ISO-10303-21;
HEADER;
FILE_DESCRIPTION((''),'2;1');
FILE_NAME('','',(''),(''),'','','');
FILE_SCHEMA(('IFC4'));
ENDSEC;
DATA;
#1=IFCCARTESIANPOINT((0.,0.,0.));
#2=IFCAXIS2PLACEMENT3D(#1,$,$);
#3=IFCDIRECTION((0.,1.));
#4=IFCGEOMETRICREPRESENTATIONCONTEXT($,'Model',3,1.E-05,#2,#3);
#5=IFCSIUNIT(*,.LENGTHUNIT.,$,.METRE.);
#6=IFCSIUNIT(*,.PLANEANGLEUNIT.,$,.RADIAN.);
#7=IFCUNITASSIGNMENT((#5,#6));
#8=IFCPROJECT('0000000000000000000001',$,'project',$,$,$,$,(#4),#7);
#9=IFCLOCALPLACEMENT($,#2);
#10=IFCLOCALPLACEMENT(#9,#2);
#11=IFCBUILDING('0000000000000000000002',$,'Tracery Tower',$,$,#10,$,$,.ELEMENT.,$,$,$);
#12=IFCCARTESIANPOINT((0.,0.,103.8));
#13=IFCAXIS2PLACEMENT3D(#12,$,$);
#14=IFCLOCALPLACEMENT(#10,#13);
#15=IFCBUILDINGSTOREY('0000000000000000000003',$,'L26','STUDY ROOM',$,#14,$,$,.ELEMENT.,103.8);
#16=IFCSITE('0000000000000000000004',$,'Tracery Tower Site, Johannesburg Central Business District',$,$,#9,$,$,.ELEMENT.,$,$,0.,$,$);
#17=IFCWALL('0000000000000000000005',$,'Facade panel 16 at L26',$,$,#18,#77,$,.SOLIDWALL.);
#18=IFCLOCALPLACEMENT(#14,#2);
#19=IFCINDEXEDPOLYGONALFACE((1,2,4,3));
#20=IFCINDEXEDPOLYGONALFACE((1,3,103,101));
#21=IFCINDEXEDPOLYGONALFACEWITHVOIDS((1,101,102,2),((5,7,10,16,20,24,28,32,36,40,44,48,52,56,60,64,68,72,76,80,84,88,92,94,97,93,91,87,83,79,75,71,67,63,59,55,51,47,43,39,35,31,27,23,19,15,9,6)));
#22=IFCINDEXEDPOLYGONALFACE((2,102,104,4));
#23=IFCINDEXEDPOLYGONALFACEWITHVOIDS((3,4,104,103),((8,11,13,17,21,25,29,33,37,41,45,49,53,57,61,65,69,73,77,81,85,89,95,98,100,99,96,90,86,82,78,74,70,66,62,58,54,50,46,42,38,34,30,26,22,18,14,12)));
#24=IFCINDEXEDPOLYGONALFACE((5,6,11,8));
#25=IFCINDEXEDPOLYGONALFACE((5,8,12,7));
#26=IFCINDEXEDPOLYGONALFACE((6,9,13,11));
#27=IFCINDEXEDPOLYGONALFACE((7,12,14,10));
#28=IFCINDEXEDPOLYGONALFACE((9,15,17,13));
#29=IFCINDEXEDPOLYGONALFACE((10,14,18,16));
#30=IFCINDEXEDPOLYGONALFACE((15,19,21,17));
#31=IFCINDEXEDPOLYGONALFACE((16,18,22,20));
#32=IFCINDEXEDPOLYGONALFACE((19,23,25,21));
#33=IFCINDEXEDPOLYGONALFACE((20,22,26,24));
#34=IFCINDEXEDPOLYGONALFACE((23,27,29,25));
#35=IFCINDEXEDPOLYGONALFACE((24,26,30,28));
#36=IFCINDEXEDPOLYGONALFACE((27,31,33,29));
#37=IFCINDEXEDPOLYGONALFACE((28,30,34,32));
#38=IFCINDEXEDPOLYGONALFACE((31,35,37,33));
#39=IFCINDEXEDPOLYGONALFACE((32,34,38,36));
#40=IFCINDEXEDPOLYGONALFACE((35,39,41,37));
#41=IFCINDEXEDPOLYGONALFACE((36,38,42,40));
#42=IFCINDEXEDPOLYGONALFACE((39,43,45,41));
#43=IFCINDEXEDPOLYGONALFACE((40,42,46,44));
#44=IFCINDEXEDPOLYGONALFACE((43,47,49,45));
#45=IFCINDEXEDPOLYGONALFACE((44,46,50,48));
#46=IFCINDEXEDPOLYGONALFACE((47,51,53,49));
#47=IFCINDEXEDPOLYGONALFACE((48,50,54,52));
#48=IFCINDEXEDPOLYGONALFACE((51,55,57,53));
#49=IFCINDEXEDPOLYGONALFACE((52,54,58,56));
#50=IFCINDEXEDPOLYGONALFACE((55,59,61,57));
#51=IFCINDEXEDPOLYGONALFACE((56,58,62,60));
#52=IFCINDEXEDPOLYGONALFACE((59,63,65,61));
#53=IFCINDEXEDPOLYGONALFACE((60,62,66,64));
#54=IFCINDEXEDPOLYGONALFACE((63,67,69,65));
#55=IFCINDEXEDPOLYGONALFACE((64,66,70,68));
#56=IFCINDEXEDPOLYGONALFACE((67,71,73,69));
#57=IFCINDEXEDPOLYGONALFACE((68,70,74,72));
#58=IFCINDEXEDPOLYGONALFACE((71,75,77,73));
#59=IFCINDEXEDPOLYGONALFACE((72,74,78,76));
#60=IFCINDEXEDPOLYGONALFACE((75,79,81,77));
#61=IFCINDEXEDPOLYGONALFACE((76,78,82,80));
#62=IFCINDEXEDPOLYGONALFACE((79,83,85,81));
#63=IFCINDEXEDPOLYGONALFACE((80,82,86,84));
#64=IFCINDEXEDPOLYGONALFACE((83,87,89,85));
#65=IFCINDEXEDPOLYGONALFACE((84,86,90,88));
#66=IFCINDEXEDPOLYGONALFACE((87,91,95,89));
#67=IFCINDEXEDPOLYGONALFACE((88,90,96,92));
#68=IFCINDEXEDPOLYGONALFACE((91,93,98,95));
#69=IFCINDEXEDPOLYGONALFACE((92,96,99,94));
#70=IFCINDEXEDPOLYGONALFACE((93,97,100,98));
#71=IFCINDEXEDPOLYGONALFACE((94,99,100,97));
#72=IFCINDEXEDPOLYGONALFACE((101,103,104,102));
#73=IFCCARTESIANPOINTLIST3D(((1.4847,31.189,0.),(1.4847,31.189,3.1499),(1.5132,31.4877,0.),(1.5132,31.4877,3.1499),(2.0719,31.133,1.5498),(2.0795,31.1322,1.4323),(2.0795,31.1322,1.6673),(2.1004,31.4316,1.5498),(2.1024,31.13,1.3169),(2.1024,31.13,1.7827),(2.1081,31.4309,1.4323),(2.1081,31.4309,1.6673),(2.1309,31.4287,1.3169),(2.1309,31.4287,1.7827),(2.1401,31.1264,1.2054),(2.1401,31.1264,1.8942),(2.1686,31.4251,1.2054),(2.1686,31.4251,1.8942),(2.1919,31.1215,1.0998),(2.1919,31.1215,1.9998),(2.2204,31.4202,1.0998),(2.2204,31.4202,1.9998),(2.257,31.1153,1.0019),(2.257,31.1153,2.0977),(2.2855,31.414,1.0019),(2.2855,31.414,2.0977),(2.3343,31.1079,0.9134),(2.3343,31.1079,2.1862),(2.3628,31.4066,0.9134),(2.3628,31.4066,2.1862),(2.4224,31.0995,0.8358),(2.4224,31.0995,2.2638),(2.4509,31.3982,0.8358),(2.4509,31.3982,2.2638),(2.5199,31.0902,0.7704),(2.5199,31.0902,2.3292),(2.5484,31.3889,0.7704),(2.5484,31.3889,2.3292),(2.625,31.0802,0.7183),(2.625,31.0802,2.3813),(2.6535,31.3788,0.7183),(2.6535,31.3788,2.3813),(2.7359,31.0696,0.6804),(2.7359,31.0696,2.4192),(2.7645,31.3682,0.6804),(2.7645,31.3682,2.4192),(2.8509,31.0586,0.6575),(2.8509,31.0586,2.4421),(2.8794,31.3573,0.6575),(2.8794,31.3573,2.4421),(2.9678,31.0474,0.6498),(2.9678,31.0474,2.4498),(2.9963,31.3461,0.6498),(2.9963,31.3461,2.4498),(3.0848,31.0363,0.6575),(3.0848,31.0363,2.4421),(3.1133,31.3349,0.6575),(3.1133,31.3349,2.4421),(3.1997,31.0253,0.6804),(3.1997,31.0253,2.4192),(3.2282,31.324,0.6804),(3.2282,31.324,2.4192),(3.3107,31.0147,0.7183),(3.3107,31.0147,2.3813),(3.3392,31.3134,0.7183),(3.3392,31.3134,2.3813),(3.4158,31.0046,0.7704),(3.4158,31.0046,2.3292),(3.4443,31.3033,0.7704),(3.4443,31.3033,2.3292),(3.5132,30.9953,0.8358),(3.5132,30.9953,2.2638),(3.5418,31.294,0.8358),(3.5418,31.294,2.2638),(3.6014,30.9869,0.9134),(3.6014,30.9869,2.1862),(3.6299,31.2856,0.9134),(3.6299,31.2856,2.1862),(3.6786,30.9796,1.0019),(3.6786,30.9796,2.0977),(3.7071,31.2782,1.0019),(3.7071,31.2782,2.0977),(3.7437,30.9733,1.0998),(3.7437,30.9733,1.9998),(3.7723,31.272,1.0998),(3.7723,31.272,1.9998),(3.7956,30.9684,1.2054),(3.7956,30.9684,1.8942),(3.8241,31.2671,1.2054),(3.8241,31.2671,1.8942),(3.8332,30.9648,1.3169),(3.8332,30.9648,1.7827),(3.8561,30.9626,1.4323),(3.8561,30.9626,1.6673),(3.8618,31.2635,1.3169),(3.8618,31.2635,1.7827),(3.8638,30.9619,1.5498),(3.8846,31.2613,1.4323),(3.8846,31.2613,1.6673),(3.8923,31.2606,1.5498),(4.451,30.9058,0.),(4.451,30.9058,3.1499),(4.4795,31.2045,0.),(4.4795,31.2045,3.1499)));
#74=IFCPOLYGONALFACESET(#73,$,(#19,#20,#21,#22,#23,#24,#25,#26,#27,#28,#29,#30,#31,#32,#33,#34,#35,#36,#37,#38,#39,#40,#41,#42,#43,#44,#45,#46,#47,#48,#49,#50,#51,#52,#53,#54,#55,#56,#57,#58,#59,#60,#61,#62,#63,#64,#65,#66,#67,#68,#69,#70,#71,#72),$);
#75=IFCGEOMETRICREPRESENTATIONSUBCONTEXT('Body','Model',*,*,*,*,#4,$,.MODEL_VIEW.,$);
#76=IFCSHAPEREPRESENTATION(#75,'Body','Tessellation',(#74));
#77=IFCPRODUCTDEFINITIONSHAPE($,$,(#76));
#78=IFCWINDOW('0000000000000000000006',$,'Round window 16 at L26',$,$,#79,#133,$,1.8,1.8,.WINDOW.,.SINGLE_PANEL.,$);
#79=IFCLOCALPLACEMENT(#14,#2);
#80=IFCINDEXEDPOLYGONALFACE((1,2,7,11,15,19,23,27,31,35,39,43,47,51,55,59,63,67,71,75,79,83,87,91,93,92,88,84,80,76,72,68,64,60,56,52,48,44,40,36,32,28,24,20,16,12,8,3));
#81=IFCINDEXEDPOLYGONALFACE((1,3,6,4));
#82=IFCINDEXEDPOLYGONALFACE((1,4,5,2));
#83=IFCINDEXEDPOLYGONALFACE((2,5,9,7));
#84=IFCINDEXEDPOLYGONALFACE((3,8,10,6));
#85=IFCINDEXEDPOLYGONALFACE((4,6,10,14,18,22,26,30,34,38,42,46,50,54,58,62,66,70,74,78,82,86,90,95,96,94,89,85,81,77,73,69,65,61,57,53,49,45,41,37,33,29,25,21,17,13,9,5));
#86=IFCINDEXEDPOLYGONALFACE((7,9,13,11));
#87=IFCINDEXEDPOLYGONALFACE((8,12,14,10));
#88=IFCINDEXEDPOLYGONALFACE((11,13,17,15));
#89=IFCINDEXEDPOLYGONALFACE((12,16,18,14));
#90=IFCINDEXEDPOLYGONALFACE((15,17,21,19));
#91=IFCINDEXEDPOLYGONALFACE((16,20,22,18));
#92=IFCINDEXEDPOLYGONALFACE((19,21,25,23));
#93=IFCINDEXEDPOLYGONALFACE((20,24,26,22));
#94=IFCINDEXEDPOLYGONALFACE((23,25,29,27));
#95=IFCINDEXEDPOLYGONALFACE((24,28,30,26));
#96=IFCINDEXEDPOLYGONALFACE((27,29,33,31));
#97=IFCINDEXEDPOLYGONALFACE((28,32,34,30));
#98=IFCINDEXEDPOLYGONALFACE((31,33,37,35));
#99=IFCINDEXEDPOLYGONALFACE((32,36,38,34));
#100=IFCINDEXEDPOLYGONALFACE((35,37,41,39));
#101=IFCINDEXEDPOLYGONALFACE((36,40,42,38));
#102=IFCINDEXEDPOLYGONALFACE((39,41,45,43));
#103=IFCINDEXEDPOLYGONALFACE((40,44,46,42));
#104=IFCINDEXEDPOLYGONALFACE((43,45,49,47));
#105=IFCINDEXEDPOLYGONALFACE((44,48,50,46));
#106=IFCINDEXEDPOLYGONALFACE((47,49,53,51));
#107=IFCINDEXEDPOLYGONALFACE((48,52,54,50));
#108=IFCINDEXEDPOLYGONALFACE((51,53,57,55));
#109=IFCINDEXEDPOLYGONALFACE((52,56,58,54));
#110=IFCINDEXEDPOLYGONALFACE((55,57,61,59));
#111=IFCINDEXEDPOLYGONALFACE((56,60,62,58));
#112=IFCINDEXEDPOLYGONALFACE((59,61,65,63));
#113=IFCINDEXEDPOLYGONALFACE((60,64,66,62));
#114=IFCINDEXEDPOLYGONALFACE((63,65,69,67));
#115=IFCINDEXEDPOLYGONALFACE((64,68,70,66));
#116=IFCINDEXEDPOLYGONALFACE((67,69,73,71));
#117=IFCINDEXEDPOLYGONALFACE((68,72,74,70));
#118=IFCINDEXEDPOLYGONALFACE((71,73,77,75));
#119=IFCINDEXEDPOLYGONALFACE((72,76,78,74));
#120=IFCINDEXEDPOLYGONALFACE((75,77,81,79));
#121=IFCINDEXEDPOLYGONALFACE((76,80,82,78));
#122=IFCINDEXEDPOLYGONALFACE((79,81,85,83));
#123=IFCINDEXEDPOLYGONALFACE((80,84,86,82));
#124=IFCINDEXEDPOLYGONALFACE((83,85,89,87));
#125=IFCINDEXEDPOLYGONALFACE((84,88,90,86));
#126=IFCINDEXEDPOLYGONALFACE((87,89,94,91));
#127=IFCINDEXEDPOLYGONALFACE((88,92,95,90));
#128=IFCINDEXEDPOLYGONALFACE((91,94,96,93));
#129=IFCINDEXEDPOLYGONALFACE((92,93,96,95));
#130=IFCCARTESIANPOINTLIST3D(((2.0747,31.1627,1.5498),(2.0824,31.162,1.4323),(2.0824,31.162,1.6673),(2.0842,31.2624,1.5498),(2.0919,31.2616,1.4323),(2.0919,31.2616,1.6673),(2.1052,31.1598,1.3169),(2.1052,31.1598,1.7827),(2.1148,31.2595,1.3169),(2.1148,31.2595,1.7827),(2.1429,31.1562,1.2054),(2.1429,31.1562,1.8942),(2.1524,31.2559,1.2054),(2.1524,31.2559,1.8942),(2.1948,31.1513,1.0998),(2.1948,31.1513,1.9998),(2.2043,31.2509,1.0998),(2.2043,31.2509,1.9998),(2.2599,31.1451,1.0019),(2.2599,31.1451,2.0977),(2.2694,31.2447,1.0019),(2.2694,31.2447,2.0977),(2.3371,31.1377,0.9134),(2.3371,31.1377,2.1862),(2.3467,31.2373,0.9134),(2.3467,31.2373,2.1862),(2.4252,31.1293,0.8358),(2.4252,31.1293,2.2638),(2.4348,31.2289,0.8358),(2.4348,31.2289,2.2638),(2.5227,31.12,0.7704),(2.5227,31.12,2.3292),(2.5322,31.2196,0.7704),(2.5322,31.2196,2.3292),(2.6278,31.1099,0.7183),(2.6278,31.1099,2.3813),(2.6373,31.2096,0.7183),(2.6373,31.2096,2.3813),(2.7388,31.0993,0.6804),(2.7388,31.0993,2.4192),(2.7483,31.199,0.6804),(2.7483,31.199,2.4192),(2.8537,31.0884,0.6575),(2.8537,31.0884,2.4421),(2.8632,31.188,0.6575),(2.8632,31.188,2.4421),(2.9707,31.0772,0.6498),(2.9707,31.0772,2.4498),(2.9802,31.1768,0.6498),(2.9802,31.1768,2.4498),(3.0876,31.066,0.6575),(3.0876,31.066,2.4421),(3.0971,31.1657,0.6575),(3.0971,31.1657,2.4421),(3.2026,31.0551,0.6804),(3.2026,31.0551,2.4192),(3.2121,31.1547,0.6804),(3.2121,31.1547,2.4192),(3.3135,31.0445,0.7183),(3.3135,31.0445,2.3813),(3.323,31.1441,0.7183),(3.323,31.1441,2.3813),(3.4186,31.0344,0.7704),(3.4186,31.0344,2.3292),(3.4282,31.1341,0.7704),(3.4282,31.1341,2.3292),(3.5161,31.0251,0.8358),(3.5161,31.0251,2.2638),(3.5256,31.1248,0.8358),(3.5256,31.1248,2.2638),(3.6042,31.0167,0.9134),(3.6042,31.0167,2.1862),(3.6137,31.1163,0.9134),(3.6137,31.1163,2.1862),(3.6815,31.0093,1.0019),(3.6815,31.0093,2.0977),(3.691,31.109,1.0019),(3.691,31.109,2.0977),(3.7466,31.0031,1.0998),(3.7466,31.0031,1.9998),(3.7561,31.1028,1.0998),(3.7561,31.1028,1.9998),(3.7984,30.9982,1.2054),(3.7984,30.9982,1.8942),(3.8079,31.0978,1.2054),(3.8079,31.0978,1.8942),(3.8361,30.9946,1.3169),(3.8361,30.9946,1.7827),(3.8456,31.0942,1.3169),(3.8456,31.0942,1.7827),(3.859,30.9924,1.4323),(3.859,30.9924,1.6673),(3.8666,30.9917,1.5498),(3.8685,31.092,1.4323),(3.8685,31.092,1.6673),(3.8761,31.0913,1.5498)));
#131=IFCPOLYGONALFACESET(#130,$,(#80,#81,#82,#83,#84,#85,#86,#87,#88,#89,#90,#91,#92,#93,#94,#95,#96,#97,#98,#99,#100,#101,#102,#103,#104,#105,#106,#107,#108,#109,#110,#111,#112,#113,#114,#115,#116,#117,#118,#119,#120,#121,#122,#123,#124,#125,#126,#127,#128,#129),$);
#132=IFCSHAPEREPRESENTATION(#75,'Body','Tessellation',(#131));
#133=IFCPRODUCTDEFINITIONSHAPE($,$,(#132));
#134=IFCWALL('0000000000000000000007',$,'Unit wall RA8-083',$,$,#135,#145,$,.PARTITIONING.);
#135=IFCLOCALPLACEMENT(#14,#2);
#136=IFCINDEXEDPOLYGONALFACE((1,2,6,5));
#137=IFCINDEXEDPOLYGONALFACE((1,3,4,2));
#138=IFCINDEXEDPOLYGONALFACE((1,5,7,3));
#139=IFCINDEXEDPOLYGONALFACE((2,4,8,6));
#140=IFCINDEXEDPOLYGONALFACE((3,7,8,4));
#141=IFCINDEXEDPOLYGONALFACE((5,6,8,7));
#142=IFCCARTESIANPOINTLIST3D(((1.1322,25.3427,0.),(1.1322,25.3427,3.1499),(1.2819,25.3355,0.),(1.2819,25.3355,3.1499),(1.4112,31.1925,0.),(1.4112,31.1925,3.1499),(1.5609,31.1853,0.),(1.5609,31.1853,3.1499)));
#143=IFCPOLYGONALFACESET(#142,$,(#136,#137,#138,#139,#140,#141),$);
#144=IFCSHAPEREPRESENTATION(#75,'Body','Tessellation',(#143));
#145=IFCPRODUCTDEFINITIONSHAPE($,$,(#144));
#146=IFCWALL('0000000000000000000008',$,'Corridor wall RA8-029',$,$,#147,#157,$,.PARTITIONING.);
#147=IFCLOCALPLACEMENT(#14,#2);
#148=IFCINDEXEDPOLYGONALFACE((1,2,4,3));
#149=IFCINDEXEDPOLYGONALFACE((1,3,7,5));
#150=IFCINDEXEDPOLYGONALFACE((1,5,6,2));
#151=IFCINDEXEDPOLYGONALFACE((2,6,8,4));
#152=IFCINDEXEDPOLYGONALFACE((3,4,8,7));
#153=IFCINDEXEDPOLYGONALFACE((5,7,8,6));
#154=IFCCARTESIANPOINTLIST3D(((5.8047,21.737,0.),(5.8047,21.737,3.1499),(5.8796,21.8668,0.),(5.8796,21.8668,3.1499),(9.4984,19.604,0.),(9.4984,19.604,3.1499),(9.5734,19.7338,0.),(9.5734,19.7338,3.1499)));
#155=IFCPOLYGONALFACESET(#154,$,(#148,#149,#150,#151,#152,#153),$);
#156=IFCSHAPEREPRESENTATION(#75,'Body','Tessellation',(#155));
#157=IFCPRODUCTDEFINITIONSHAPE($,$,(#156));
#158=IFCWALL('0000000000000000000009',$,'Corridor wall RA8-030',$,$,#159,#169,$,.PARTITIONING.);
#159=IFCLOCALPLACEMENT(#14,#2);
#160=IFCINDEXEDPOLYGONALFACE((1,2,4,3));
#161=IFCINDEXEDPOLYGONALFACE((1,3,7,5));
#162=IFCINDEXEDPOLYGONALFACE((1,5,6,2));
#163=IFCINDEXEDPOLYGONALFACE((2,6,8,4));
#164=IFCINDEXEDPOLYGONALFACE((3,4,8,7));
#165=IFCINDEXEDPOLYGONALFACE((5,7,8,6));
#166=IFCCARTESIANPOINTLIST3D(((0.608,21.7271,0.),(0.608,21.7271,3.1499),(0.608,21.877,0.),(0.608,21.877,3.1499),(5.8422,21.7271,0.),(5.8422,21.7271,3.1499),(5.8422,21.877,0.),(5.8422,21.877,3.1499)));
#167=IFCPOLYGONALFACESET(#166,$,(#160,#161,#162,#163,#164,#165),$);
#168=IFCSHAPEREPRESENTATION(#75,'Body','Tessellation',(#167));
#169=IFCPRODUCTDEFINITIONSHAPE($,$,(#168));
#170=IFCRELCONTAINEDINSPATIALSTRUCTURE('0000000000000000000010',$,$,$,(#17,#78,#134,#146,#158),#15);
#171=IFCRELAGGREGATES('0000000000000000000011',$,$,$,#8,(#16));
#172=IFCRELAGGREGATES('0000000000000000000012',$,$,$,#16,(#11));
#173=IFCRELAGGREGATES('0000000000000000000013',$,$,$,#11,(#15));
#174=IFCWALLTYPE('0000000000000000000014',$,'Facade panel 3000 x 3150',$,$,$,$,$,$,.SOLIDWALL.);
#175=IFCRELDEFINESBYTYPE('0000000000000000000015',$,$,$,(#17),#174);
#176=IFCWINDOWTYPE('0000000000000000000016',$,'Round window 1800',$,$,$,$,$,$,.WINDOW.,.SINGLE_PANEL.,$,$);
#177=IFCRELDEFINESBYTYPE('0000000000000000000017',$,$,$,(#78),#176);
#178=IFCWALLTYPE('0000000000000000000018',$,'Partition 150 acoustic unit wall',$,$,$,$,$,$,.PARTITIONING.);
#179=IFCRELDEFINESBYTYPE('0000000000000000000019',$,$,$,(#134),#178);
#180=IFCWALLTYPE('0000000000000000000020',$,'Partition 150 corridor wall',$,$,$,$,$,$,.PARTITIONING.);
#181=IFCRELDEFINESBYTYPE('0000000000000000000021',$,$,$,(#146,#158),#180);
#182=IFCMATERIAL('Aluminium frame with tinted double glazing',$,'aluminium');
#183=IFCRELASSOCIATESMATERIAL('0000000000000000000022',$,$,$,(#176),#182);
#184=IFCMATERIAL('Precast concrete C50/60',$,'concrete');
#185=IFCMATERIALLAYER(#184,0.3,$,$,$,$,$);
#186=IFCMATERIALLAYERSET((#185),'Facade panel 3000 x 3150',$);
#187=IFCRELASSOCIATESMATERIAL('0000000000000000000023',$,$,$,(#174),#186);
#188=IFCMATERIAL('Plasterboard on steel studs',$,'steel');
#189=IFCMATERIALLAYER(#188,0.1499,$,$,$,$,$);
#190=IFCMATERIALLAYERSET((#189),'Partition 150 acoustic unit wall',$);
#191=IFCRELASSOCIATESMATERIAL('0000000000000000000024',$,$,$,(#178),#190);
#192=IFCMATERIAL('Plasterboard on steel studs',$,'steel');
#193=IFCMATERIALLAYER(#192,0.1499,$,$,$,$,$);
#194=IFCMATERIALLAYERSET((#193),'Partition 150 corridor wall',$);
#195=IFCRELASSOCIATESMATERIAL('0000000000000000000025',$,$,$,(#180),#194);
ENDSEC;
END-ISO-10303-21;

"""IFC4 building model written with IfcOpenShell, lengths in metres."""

from ifc_helpers import new_model, si_unit, direction, frame, frame_2d, origin, origin_2d, place, context, subcontext, project, spatial, rectangle, circle, extrude, material, layer, layer_set, type_object, element, fill, save


model = new_model("IFC4")

# Units and contexts
model_context = context("Model", 3, precision=1e-05, world=origin(), true_north=direction((0.0, 1.0)))
body_context = subcontext(model_context, "Body", "Model", "MODEL_VIEW")
ifc_project = project(units=[si_unit("LENGTHUNIT", "METRE"), si_unit("PLANEANGLEUNIT", "RADIAN")], contexts=[model_context])

# Site, building, storey
site_placement = place(None, origin())
site = spatial("IfcSite", under=ifc_project, at=site_placement, Name="Tracery Tower Site, Johannesburg Central Business District", CompositionType="ELEMENT", RefElevation=0.0)
building_placement = place(site_placement, origin())
building = spatial("IfcBuilding", under=site, at=building_placement, Name="Tracery Tower", CompositionType="ELEMENT")
storey_placement = place(building_placement, frame((0.0, 0.0, 103.8)))
storey = spatial("IfcBuildingStorey", under=building, at=storey_placement, Name="L26", Description="STUDY ROOM", CompositionType="ELEMENT", Elevation=103.8)

# Wall, opening, window
ifc_material_1 = material(Name="Aluminium frame with tinted double glazing", Category="aluminium")
window_type = type_object("IfcWindowType", Name="Round window 1800", PartitioningType="SINGLE_PANEL", PredefinedType="WINDOW", material=ifc_material_1)
ifc_material_2 = material(Name="Precast concrete C50/60", Category="concrete")
ifc_layer_1 = layer(ifc_material_2, 0.3)
ifc_layer_set_1 = layer_set([ifc_layer_1], Name="Facade panel 3000 x 3150")
wall_type_1 = type_object("IfcWallType", Name="Facade panel 3000 x 3150", PredefinedType="SOLIDWALL", material=ifc_layer_set_1)
wall_1_placement = place(storey_placement, frame((4.4651, 31.0552, 0.0), z_axis=(0.0, 0.0, 1.0), x_axis=(-0.995473, 0.095041, 0.0)))
wall_1 = element("IfcWall", 1, at=wall_1_placement, inside=storey, type_object=wall_type_1, Name="Facade panel 16 at L26", PredefinedType="SOLIDWALL", context=body_context, shape_type="SweptSolid", body=[
    extrude(rectangle(XDim=2.9797, YDim=0.3, at=frame_2d((1.4897, 0.0))), origin(), (0.0, 0.0, 1.0), 3.1499),
])
opening_1_placement = place(wall_1_placement, frame((1.4897, 0.0, 1.5498)))
opening_1 = element("IfcOpeningElement", 2, at=opening_1_placement, cuts=wall_1, PredefinedType="OPENING", context=body_context, shape_type="SweptSolid", body=[
    extrude(circle(Radius=0.9, at=origin_2d()), frame((0.0, 0.1599, 0.0), z_axis=(0.0, -1.0, 0.0), x_axis=(1.0, 0.0, 0.0)), (0.0, 0.0, 1.0), 0.3201),
])
window_1_placement = place(opening_1_placement, origin())
window_1 = element("IfcWindow", 3, at=window_1_placement, inside=storey, type_object=window_type, Name="Round window 16 at L26", OverallHeight=1.8, OverallWidth=1.8, PartitioningType="SINGLE_PANEL", PredefinedType="WINDOW", context=body_context, shape_type="SweptSolid", body=[
    extrude(circle(Radius=0.9, at=origin_2d()), frame((0.0, 0.1201, 0.0), z_axis=(0.0, -1.0, 0.0), x_axis=(1.0, 0.0, 0.0)), (0.0, 0.0, 1.0), 0.1001),
])
fill(opening_1, window_1)

# Walls
ifc_material_3 = material(Name="Plasterboard on steel studs", Category="steel")
ifc_layer_2 = layer(ifc_material_3, 0.1499)
ifc_layer_set_2 = layer_set([ifc_layer_2], Name="Partition 150 acoustic unit wall")
wall_type_2 = type_object("IfcWallType", Name="Partition 150 acoustic unit wall", PredefinedType="PARTITIONING", material=ifc_layer_set_2)
wall_2_placement = place(storey_placement, frame((1.207, 25.3391, 0.0), z_axis=(0.0, 0.0, 1.0), x_axis=(0.047648, 0.998864, 0.0)))
element("IfcWall", 4, at=wall_2_placement, inside=storey, type_object=wall_type_2, Name="Unit wall RA8-083", PredefinedType="PARTITIONING", context=body_context, shape_type="SweptSolid", body=[
    extrude(rectangle(XDim=5.8564, YDim=0.1499, at=frame_2d((2.9282, 0.0))), origin(), (0.0, 0.0, 1.0), 3.1499),
])
ifc_material_4 = material(Name="Plasterboard on steel studs", Category="steel")
ifc_layer_3 = layer(ifc_material_4, 0.1499)
ifc_layer_set_3 = layer_set([ifc_layer_3], Name="Partition 150 corridor wall")
wall_type_3 = type_object("IfcWallType", Name="Partition 150 corridor wall", PredefinedType="PARTITIONING", material=ifc_layer_set_3)
wall_3_placement = place(storey_placement, frame((5.842, 21.802, 0.0), z_axis=(0.0, 0.0, 1.0), x_axis=(0.865984, -0.500073, 0.0)))
element("IfcWall", 5, at=wall_3_placement, inside=storey, type_object=wall_type_3, Name="Corridor wall RA8-029", PredefinedType="PARTITIONING", context=body_context, shape_type="SweptSolid", body=[
    extrude(rectangle(XDim=4.2654, YDim=0.1499, at=frame_2d((2.1328, 0.0))), origin(), (0.0, 0.0, 1.0), 3.1499),
])
wall_4_placement = place(storey_placement, frame((0.6079, 21.802, 0.0), z_axis=(0.0, 0.0, 1.0), x_axis=(1.0, 0.0, 0.0)))
element("IfcWall", 6, at=wall_4_placement, inside=storey, type_object=wall_type_3, Name="Corridor wall RA8-030", PredefinedType="PARTITIONING", context=body_context, shape_type="SweptSolid", body=[
    extrude(rectangle(XDim=5.2341, YDim=0.1499, at=frame_2d((2.6172, 0.0))), origin(), (0.0, 0.0, 1.0), 3.1499),
])

save(model, "model.ifc")
